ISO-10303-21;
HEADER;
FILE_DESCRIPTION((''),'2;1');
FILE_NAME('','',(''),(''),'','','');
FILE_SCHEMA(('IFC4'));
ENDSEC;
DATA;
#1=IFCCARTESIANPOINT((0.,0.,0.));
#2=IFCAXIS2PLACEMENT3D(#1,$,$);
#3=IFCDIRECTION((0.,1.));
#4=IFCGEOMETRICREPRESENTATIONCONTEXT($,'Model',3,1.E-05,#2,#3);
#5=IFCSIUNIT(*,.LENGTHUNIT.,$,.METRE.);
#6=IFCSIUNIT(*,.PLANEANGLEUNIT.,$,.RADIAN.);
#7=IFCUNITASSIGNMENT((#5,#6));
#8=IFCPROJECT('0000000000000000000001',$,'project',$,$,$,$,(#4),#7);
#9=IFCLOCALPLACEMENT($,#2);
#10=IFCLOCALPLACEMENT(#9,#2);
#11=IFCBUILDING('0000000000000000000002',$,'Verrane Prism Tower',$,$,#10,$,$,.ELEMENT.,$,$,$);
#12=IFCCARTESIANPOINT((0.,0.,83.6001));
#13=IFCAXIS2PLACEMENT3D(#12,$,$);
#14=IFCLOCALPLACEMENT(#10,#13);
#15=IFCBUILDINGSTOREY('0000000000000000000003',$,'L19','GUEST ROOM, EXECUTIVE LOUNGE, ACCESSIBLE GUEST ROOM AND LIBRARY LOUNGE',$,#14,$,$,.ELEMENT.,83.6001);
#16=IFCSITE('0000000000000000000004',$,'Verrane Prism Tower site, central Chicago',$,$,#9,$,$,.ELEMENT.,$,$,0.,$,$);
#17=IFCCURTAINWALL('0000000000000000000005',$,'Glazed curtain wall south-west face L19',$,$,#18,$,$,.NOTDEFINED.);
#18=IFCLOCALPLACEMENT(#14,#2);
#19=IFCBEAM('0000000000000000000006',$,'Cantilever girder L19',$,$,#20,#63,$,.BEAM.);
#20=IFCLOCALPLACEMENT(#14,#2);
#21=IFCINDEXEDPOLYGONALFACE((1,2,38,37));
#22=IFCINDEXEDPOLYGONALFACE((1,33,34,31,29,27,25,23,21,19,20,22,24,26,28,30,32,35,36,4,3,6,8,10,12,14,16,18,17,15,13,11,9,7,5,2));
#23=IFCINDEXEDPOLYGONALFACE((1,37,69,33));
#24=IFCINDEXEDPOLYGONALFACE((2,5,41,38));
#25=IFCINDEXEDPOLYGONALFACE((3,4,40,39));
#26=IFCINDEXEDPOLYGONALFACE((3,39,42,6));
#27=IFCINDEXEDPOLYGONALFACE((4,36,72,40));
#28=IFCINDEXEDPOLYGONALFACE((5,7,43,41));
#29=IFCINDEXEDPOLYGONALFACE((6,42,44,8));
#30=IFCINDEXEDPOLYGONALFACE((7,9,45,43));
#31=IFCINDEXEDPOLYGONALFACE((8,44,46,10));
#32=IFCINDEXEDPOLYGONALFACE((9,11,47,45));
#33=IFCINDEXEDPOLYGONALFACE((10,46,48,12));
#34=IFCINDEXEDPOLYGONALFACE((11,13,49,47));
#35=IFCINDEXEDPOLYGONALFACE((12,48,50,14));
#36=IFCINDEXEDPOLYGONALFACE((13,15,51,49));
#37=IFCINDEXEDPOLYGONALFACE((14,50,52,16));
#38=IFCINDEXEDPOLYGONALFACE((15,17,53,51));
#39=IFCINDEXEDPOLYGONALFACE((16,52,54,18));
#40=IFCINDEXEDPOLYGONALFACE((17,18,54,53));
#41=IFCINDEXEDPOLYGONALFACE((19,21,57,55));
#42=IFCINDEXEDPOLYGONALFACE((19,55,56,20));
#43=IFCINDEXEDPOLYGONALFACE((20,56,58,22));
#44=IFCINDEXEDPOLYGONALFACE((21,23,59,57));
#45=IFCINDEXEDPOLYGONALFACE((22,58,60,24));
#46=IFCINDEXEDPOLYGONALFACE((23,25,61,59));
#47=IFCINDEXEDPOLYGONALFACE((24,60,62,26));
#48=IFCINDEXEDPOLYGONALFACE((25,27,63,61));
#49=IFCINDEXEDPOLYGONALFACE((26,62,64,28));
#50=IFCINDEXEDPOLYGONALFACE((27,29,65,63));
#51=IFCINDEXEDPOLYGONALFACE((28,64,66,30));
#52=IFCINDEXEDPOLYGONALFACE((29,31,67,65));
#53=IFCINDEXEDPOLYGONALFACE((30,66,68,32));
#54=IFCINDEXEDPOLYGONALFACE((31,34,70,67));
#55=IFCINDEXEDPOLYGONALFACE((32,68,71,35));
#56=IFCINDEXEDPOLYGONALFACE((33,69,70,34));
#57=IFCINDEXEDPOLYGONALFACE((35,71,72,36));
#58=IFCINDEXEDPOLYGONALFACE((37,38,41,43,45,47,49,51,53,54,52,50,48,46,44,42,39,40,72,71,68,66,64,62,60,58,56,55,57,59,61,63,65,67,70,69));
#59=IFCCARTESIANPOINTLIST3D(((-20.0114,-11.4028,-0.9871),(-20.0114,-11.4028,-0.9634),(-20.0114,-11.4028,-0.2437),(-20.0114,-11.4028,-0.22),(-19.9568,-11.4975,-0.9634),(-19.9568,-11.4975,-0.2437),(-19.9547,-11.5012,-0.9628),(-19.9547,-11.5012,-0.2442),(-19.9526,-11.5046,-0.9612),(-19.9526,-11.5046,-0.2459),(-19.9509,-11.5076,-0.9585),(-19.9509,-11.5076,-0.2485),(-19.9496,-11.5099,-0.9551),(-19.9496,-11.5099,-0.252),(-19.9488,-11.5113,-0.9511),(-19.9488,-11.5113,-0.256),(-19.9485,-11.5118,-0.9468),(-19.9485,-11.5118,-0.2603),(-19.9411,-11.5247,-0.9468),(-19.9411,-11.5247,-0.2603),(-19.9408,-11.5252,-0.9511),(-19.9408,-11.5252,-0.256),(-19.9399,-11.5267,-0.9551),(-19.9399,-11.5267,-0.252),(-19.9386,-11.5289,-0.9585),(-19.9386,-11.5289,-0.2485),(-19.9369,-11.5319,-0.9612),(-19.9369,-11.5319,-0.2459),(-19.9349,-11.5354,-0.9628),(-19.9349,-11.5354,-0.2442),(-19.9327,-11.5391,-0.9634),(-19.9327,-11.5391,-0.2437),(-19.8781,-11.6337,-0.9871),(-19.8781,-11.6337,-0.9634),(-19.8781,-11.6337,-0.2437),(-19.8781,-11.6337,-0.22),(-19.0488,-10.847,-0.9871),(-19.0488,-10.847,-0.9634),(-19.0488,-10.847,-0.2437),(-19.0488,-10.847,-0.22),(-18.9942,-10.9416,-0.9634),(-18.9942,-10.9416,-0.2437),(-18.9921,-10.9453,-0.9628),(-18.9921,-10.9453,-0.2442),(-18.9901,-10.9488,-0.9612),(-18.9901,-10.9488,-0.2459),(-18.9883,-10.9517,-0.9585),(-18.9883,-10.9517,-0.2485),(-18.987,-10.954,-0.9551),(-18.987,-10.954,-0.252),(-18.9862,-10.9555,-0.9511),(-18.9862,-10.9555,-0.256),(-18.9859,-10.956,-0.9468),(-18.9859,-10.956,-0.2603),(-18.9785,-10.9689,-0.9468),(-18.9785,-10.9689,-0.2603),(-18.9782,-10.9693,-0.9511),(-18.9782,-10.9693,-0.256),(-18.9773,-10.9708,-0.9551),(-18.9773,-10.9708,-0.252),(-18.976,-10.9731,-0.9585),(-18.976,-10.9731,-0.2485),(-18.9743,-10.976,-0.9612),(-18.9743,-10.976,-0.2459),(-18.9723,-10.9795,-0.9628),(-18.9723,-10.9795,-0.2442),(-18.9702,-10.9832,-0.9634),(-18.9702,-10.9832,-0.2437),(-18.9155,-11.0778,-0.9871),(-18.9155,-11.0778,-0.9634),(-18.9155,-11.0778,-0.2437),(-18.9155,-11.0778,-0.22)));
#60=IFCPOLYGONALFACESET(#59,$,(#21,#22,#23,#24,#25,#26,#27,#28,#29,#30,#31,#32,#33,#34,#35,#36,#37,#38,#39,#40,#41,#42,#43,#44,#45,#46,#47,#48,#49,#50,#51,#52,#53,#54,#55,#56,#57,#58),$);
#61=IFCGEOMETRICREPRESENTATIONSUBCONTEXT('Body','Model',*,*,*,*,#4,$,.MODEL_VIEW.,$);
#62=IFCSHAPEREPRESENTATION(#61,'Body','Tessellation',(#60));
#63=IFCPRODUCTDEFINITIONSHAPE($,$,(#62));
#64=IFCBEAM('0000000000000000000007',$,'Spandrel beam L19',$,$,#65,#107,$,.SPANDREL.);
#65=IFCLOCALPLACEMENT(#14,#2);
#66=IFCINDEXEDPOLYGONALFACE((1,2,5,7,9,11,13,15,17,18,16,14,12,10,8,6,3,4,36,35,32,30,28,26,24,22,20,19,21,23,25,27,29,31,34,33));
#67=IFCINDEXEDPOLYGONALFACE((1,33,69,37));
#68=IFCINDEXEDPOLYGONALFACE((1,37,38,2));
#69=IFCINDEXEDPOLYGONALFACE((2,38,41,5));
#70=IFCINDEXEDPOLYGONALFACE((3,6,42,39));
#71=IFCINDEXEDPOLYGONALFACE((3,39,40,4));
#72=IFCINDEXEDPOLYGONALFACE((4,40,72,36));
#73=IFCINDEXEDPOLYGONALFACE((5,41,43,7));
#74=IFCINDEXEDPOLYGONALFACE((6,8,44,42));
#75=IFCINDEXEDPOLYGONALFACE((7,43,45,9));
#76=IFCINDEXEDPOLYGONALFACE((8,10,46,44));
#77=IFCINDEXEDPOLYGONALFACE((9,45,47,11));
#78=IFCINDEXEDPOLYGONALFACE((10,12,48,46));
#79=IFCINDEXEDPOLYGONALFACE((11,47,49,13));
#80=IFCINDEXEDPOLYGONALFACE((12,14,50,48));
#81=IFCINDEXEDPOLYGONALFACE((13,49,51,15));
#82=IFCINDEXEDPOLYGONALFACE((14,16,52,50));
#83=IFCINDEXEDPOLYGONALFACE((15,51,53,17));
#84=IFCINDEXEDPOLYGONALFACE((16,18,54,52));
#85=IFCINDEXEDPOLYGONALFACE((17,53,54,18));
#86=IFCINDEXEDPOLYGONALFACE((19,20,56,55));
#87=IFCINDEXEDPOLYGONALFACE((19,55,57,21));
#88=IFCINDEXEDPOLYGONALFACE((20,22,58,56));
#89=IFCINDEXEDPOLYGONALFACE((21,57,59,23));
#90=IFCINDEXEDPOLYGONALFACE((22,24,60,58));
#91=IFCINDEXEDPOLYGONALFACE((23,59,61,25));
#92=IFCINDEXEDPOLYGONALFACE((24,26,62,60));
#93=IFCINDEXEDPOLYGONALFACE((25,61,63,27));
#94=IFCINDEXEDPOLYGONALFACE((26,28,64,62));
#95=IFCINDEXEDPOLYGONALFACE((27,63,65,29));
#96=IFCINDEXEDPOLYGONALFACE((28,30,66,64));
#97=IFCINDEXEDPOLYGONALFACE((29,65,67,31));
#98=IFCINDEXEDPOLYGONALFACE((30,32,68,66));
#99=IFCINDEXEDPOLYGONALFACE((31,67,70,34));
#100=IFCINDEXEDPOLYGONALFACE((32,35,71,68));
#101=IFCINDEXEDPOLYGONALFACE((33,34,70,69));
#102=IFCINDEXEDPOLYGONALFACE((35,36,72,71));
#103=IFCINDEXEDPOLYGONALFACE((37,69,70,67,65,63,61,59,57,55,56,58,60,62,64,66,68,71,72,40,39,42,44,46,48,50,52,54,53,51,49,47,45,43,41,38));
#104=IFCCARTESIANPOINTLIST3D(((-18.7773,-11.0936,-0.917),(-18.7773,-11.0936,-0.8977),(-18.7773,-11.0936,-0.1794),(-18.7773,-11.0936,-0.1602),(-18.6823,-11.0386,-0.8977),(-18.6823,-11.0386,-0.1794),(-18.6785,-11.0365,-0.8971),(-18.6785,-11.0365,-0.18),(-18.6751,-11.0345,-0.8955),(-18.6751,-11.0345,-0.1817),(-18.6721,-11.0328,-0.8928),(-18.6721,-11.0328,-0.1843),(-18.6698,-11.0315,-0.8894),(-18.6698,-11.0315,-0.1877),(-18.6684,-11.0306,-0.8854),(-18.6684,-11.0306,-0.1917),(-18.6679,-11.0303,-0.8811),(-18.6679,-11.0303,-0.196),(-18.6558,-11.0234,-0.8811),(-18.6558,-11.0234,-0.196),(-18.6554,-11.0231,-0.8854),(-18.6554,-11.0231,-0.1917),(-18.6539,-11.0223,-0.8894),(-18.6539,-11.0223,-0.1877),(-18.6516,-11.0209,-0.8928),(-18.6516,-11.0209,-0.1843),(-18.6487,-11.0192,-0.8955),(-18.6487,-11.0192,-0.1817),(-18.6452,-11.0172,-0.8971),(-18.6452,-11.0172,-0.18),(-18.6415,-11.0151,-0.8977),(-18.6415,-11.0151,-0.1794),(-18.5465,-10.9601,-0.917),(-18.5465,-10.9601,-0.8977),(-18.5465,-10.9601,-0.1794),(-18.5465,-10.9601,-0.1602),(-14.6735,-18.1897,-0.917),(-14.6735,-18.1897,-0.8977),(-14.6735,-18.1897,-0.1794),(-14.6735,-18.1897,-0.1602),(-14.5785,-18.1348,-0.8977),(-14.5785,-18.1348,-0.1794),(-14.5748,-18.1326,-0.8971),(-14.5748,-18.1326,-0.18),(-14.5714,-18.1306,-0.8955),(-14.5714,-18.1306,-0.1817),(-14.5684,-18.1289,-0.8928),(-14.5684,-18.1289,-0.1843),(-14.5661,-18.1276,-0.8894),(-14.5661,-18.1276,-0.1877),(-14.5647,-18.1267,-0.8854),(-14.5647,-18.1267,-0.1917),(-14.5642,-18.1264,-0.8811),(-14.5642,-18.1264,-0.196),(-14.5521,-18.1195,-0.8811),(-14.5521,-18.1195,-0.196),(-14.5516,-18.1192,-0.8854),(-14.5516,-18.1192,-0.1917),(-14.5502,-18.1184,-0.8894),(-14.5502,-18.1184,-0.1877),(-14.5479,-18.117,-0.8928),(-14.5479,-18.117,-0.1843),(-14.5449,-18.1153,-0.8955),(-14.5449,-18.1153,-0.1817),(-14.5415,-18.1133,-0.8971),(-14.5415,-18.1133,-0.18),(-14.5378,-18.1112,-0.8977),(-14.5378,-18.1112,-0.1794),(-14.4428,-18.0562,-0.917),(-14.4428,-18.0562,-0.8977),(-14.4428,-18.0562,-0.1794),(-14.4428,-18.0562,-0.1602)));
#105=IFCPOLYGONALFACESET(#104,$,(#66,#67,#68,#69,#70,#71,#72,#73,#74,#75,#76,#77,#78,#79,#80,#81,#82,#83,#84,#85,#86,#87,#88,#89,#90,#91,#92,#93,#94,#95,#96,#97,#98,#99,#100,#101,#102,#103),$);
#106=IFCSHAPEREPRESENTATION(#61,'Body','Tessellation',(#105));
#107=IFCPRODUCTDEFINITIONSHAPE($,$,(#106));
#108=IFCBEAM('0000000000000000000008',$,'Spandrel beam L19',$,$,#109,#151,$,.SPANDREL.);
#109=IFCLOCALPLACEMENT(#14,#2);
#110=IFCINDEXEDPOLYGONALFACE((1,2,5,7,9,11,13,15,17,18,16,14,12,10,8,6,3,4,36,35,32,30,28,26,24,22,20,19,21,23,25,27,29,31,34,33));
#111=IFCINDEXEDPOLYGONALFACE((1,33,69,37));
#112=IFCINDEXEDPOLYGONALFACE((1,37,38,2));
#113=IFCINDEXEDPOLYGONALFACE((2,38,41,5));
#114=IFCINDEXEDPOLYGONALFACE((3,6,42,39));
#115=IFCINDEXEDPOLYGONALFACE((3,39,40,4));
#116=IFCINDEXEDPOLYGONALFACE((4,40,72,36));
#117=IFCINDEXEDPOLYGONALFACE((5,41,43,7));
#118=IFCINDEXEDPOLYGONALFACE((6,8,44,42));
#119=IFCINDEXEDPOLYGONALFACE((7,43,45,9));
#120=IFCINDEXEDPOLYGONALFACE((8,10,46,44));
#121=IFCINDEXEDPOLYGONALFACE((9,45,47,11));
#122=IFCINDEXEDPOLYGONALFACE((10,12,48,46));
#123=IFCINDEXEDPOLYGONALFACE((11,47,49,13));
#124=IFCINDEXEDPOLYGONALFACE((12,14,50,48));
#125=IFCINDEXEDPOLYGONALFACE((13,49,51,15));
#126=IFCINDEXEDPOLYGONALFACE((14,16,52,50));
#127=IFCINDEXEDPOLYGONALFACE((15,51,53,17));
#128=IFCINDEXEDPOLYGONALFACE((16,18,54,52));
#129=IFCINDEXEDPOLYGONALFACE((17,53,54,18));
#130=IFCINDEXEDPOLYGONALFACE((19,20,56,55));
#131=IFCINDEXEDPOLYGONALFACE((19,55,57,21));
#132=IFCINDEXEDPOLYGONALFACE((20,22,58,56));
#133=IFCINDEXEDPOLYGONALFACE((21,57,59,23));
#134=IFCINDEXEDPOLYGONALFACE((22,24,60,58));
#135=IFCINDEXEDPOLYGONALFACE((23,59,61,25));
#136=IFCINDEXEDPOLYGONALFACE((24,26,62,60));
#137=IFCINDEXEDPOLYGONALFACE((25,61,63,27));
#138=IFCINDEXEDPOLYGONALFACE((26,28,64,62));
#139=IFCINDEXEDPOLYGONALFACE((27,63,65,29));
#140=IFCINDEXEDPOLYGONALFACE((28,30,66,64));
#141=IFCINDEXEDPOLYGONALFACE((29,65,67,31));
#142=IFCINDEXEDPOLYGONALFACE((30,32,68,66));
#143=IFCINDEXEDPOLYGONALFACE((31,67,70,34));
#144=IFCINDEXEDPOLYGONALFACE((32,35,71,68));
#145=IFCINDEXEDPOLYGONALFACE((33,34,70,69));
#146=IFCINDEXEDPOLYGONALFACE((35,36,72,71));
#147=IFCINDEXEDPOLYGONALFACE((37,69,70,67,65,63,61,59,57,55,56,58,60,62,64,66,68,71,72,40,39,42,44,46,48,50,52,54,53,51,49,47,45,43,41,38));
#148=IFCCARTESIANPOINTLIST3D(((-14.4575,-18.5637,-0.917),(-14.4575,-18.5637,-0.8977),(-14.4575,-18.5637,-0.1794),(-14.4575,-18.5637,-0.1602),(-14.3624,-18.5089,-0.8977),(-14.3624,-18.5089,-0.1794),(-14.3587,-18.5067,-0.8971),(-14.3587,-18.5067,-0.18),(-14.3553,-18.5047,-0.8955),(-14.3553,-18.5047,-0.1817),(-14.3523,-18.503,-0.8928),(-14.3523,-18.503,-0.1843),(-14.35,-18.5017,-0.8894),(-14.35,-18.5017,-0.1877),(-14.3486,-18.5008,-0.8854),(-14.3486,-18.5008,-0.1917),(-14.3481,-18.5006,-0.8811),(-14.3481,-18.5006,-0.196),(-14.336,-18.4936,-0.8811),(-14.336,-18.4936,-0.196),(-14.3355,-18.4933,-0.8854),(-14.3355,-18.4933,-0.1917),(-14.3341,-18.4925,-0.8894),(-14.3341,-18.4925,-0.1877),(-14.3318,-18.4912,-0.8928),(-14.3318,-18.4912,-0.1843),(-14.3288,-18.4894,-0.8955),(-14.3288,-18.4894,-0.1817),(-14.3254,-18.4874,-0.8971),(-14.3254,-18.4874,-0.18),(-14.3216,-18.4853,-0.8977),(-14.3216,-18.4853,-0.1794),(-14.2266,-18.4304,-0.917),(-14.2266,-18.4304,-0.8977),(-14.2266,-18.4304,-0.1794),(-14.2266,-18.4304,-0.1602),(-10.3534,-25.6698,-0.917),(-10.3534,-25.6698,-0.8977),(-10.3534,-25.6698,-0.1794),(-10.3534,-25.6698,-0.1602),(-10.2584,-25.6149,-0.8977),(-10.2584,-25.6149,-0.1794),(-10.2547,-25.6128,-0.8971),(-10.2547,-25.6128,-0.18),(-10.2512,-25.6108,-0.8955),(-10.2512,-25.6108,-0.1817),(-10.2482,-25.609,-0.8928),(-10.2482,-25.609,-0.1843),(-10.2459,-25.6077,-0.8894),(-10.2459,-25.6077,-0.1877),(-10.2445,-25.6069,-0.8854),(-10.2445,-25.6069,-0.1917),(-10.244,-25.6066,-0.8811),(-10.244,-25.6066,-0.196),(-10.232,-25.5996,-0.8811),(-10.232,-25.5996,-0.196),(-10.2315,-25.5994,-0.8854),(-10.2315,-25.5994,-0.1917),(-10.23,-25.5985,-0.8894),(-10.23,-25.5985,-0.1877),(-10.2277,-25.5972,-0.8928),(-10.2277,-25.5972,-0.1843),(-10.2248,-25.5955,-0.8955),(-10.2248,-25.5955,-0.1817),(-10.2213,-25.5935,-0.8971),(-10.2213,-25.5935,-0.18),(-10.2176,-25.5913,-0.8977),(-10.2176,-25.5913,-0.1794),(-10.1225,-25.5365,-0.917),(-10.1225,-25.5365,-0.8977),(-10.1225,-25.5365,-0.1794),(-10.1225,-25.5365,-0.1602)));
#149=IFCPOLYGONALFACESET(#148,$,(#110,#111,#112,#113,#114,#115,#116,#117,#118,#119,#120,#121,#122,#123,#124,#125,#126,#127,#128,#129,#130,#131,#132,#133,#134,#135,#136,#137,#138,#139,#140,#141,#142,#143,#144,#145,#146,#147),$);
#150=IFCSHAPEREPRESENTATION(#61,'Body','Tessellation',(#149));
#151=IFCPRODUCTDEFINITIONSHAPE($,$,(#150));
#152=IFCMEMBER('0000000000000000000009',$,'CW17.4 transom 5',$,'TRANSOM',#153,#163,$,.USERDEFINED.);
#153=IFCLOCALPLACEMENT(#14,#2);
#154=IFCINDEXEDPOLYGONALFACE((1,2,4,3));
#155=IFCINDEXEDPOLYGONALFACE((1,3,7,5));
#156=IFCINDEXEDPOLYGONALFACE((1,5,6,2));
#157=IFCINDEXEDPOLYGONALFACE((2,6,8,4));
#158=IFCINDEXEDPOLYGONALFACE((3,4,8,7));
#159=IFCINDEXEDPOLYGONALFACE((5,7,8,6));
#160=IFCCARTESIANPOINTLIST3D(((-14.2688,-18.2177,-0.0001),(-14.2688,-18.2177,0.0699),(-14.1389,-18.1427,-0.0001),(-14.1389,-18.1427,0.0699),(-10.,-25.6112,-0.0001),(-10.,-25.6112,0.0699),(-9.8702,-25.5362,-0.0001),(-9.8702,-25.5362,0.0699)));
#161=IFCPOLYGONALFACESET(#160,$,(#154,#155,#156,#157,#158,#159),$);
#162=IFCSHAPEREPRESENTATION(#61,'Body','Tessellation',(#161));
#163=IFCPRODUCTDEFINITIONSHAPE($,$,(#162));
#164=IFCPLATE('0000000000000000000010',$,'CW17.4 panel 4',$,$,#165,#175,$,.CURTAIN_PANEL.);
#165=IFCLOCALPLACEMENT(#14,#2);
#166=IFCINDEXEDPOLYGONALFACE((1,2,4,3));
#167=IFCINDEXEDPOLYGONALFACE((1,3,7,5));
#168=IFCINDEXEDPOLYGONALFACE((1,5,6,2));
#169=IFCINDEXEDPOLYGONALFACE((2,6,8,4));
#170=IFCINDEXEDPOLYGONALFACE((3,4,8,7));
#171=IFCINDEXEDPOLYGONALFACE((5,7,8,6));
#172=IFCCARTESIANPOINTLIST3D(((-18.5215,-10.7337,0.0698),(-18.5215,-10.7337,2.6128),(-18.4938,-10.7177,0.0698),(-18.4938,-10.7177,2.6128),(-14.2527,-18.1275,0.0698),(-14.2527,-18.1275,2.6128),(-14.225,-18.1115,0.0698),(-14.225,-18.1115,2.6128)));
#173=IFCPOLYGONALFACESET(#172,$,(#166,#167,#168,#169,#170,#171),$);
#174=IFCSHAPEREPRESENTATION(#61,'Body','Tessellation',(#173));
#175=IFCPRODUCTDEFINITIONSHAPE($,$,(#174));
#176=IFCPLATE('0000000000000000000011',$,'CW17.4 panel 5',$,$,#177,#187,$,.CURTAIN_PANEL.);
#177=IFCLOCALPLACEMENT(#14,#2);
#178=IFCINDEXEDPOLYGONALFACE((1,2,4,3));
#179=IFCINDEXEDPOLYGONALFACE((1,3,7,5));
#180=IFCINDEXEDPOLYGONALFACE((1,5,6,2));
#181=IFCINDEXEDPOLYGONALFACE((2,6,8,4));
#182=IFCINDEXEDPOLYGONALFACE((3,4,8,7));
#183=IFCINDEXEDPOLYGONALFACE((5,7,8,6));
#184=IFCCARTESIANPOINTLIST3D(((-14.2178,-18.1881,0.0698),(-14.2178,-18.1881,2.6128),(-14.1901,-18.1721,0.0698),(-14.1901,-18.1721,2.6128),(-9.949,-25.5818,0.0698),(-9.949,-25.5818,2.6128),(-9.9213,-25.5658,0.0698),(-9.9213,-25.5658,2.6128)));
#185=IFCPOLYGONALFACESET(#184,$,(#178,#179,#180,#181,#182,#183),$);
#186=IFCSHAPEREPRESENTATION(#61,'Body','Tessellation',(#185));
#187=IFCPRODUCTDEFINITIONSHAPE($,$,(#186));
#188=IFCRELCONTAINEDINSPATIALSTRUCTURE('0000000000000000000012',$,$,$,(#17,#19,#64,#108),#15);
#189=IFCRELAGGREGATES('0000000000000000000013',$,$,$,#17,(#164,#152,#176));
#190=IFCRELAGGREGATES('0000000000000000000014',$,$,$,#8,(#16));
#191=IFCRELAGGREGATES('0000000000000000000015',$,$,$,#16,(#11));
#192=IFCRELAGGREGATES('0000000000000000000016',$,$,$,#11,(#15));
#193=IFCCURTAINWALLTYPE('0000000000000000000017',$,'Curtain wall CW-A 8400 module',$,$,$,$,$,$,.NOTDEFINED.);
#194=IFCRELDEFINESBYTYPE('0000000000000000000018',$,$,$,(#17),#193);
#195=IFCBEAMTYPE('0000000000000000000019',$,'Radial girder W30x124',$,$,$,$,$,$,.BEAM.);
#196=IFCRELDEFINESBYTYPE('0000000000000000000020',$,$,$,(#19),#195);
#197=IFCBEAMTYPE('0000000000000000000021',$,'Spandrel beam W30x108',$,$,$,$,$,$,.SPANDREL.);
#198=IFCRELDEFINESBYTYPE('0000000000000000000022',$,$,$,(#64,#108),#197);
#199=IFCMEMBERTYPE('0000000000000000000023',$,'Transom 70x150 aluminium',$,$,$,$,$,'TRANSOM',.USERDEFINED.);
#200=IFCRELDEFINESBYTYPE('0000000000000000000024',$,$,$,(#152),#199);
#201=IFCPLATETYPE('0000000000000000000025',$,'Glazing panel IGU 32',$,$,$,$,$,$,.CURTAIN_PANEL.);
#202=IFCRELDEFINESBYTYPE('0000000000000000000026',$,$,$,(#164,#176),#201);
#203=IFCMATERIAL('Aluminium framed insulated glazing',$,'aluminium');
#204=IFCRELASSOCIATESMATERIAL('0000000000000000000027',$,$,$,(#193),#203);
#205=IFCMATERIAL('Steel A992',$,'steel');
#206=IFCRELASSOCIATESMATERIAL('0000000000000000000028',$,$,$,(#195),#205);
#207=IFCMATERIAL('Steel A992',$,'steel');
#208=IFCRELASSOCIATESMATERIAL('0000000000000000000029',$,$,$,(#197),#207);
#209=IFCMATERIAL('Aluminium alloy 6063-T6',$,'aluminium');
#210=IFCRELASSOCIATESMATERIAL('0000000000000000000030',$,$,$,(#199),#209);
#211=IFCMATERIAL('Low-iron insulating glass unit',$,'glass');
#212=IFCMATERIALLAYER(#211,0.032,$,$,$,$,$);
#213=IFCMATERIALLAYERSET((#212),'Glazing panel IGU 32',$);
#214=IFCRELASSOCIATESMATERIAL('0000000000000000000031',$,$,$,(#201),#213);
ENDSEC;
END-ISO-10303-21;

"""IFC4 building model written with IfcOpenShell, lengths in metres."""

from ifc_helpers import new_model, si_unit, direction, frame, origin, origin_2d, place, context, subcontext, project, spatial, rectangle, i_section, extrude, material, layer, layer_set, material_profile, profile_set, type_object, element, aggregate, save


model = new_model("IFC4")

# Units and contexts
model_context = context("Model", 3, precision=1e-05, world=origin(), true_north=direction((0.0, 1.0)))
body_context = subcontext(model_context, "Body", "Model", "MODEL_VIEW")
ifc_project = project(units=[si_unit("LENGTHUNIT", "METRE"), si_unit("PLANEANGLEUNIT", "RADIAN")], contexts=[model_context])

# Site, building, storey
site_placement = place(None, origin())
site = spatial("IfcSite", under=ifc_project, at=site_placement, Name="Verrane Prism Tower site, central Chicago", CompositionType="ELEMENT", RefElevation=0.0)
building_placement = place(site_placement, origin())
building = spatial("IfcBuilding", under=site, at=building_placement, Name="Verrane Prism Tower", CompositionType="ELEMENT")
storey_placement = place(building_placement, frame((0.0, 0.0, 83.6001)))
storey = spatial("IfcBuildingStorey", under=building, at=storey_placement, Name="L19", Description="GUEST ROOM, EXECUTIVE LOUNGE, ACCESSIBLE GUEST ROOM AND LIBRARY LOUNGE", CompositionType="ELEMENT", Elevation=83.6001)

# Curtain wall
ifc_material_1 = material(Name="Aluminium framed insulated glazing", Category="aluminium")
curtain_wall_type = type_object("IfcCurtainWallType", Name="Curtain wall CW-A 8400 module", PredefinedType="NOTDEFINED", material=ifc_material_1)
curtain_wall_placement = place(storey_placement, origin())
curtain_wall = element("IfcCurtainWall", 1, at=curtain_wall_placement, inside=storey, type_object=curtain_wall_type, Name="Glazed curtain wall south-west face L19", PredefinedType="NOTDEFINED")

# Beams
ifc_material_2 = material(Name="Steel A992", Category="steel")
ifc_material_profile_1 = material_profile(ifc_material_2, i_section(OverallWidth=0.2666, OverallDepth=0.7671, WebThickness=0.0149, FlangeThickness=0.0237, FilletRadius=0.0166, at=origin_2d()), Name="W30x124")
ifc_profile_set_1 = profile_set([ifc_material_profile_1], Name="Steel A992")
beam_type_1 = type_object("IfcBeamType", Name="Radial girder W30x124", PredefinedType="BEAM", material=ifc_profile_set_1)
beam_1_placement = place(storey_placement, frame((-18.9822, -10.9624, -0.6035), z_axis=(-0.865977, -0.500084, 0.0), x_axis=(0.500084, -0.865977, 0.0)))
element("IfcBeam", 2, at=beam_1_placement, inside=storey, type_object=beam_type_1, Name="Cantilever girder L19", PredefinedType="BEAM", context=body_context, shape_type="SweptSolid", body=[
    extrude(i_section(OverallWidth=0.2666, OverallDepth=0.7671, WebThickness=0.0149, FlangeThickness=0.0237, FilletRadius=0.0166, at=origin_2d()), origin(), (0.0, 0.0, 1.0), 1.1116),
])
ifc_material_3 = material(Name="Steel A992", Category="steel")
ifc_material_profile_2 = material_profile(ifc_material_3, i_section(OverallWidth=0.2666, OverallDepth=0.7568, WebThickness=0.0139, FlangeThickness=0.0193, FilletRadius=0.0166, at=origin_2d()), Name="W30x108")
ifc_profile_set_2 = profile_set([ifc_material_profile_2], Name="Steel A992")
beam_type_2 = type_object("IfcBeamType", Name="Spandrel beam W30x108", PredefinedType="SPANDREL", material=ifc_profile_set_2)
beam_2_placement = place(storey_placement, frame((-18.6619, -11.0269, -0.5386), z_axis=(0.500619, -0.865667, 0.0), x_axis=(0.865667, 0.500619, 0.0)))
element("IfcBeam", 3, at=beam_2_placement, inside=storey, type_object=beam_type_2, Name="Spandrel beam L19", PredefinedType="SPANDREL", context=body_context, shape_type="SweptSolid", body=[
    extrude(i_section(OverallWidth=0.2666, OverallDepth=0.7568, WebThickness=0.0139, FlangeThickness=0.0193, FilletRadius=0.0166, at=origin_2d()), origin(), (0.0, 0.0, 1.0), 8.1973),
])
beam_3_placement = place(storey_placement, frame((-14.342, -18.4971, -0.5386), z_axis=(0.500126, -0.865953, 0.0), x_axis=(0.865953, 0.500126, 0.0)))
element("IfcBeam", 4, at=beam_3_placement, inside=storey, type_object=beam_type_2, Name="Spandrel beam L19", PredefinedType="SPANDREL", context=body_context, shape_type="SweptSolid", body=[
    extrude(i_section(OverallWidth=0.2666, OverallDepth=0.7568, WebThickness=0.0139, FlangeThickness=0.0193, FilletRadius=0.0166, at=origin_2d()), origin(), (0.0, 0.0, 1.0), 8.2061),
])

# Member
ifc_material_4 = material(Name="Aluminium alloy 6063-T6", Category="aluminium")
ifc_material_profile_3 = material_profile(ifc_material_4, rectangle(XDim=0.1499, YDim=0.0701, at=origin_2d()), Name="Transom 70x150 aluminium")
ifc_profile_set_3 = profile_set([ifc_material_profile_3], Name="Aluminium alloy 6063-T6")
member_type_1 = type_object("IfcMemberType", Name="Transom 70x150 aluminium", ElementType="TRANSOM", PredefinedType="USERDEFINED", material=ifc_profile_set_3)
member_1_placement = place(storey_placement, frame((-14.2039, -18.1802, 0.0349), z_axis=(0.500011, -0.866019, 0.0), x_axis=(0.866019, 0.500011, 0.0)))
member_1 = element("IfcMember", 5, at=member_1_placement, type_object=member_type_1, Name="CW17.4 transom 5", ObjectType="TRANSOM", PredefinedType="USERDEFINED", context=body_context, shape_type="SweptSolid", body=[
    extrude(rectangle(XDim=0.1499, YDim=0.0701, at=origin_2d()), origin(), (0.0, 0.0, 1.0), 8.5374),
])

# Plates
ifc_material_5 = material(Name="Low-iron insulating glass unit", Category="glass")
ifc_layer_1 = layer(ifc_material_5, 0.032)
ifc_layer_set_1 = layer_set([ifc_layer_1], Name="Glazing panel IGU 32")
plate_type = type_object("IfcPlateType", Name="Glazing panel IGU 32", PredefinedType="CURTAIN_PANEL", material=ifc_layer_set_1)
plate_1_placement = place(storey_placement, frame((-16.3733, -14.4226, 0.0698), z_axis=(0.0, 0.0, 1.0), x_axis=(0.499999, -0.866026, 0.0)))
plate_1 = element("IfcPlate", 6, at=plate_1_placement, type_object=plate_type, Name="CW17.4 panel 4", PredefinedType="CURTAIN_PANEL", context=body_context, shape_type="SweptSolid", body=[
    extrude(rectangle(XDim=8.5376, YDim=0.032, at=origin_2d()), origin(), (0.0, 0.0, 1.0), 2.543),
])
plate_2_placement = place(storey_placement, frame((-12.0696, -21.877, 0.0698), z_axis=(0.0, 0.0, 1.0), x_axis=(0.499999, -0.866026, 0.0)))
plate_2 = element("IfcPlate", 7, at=plate_2_placement, type_object=plate_type, Name="CW17.4 panel 5", PredefinedType="CURTAIN_PANEL", context=body_context, shape_type="SweptSolid", body=[
    extrude(rectangle(XDim=8.5376, YDim=0.032, at=origin_2d()), origin(), (0.0, 0.0, 1.0), 2.543),
])
aggregate(curtain_wall, [plate_1, member_1, plate_2])

save(model, "model.ifc")
